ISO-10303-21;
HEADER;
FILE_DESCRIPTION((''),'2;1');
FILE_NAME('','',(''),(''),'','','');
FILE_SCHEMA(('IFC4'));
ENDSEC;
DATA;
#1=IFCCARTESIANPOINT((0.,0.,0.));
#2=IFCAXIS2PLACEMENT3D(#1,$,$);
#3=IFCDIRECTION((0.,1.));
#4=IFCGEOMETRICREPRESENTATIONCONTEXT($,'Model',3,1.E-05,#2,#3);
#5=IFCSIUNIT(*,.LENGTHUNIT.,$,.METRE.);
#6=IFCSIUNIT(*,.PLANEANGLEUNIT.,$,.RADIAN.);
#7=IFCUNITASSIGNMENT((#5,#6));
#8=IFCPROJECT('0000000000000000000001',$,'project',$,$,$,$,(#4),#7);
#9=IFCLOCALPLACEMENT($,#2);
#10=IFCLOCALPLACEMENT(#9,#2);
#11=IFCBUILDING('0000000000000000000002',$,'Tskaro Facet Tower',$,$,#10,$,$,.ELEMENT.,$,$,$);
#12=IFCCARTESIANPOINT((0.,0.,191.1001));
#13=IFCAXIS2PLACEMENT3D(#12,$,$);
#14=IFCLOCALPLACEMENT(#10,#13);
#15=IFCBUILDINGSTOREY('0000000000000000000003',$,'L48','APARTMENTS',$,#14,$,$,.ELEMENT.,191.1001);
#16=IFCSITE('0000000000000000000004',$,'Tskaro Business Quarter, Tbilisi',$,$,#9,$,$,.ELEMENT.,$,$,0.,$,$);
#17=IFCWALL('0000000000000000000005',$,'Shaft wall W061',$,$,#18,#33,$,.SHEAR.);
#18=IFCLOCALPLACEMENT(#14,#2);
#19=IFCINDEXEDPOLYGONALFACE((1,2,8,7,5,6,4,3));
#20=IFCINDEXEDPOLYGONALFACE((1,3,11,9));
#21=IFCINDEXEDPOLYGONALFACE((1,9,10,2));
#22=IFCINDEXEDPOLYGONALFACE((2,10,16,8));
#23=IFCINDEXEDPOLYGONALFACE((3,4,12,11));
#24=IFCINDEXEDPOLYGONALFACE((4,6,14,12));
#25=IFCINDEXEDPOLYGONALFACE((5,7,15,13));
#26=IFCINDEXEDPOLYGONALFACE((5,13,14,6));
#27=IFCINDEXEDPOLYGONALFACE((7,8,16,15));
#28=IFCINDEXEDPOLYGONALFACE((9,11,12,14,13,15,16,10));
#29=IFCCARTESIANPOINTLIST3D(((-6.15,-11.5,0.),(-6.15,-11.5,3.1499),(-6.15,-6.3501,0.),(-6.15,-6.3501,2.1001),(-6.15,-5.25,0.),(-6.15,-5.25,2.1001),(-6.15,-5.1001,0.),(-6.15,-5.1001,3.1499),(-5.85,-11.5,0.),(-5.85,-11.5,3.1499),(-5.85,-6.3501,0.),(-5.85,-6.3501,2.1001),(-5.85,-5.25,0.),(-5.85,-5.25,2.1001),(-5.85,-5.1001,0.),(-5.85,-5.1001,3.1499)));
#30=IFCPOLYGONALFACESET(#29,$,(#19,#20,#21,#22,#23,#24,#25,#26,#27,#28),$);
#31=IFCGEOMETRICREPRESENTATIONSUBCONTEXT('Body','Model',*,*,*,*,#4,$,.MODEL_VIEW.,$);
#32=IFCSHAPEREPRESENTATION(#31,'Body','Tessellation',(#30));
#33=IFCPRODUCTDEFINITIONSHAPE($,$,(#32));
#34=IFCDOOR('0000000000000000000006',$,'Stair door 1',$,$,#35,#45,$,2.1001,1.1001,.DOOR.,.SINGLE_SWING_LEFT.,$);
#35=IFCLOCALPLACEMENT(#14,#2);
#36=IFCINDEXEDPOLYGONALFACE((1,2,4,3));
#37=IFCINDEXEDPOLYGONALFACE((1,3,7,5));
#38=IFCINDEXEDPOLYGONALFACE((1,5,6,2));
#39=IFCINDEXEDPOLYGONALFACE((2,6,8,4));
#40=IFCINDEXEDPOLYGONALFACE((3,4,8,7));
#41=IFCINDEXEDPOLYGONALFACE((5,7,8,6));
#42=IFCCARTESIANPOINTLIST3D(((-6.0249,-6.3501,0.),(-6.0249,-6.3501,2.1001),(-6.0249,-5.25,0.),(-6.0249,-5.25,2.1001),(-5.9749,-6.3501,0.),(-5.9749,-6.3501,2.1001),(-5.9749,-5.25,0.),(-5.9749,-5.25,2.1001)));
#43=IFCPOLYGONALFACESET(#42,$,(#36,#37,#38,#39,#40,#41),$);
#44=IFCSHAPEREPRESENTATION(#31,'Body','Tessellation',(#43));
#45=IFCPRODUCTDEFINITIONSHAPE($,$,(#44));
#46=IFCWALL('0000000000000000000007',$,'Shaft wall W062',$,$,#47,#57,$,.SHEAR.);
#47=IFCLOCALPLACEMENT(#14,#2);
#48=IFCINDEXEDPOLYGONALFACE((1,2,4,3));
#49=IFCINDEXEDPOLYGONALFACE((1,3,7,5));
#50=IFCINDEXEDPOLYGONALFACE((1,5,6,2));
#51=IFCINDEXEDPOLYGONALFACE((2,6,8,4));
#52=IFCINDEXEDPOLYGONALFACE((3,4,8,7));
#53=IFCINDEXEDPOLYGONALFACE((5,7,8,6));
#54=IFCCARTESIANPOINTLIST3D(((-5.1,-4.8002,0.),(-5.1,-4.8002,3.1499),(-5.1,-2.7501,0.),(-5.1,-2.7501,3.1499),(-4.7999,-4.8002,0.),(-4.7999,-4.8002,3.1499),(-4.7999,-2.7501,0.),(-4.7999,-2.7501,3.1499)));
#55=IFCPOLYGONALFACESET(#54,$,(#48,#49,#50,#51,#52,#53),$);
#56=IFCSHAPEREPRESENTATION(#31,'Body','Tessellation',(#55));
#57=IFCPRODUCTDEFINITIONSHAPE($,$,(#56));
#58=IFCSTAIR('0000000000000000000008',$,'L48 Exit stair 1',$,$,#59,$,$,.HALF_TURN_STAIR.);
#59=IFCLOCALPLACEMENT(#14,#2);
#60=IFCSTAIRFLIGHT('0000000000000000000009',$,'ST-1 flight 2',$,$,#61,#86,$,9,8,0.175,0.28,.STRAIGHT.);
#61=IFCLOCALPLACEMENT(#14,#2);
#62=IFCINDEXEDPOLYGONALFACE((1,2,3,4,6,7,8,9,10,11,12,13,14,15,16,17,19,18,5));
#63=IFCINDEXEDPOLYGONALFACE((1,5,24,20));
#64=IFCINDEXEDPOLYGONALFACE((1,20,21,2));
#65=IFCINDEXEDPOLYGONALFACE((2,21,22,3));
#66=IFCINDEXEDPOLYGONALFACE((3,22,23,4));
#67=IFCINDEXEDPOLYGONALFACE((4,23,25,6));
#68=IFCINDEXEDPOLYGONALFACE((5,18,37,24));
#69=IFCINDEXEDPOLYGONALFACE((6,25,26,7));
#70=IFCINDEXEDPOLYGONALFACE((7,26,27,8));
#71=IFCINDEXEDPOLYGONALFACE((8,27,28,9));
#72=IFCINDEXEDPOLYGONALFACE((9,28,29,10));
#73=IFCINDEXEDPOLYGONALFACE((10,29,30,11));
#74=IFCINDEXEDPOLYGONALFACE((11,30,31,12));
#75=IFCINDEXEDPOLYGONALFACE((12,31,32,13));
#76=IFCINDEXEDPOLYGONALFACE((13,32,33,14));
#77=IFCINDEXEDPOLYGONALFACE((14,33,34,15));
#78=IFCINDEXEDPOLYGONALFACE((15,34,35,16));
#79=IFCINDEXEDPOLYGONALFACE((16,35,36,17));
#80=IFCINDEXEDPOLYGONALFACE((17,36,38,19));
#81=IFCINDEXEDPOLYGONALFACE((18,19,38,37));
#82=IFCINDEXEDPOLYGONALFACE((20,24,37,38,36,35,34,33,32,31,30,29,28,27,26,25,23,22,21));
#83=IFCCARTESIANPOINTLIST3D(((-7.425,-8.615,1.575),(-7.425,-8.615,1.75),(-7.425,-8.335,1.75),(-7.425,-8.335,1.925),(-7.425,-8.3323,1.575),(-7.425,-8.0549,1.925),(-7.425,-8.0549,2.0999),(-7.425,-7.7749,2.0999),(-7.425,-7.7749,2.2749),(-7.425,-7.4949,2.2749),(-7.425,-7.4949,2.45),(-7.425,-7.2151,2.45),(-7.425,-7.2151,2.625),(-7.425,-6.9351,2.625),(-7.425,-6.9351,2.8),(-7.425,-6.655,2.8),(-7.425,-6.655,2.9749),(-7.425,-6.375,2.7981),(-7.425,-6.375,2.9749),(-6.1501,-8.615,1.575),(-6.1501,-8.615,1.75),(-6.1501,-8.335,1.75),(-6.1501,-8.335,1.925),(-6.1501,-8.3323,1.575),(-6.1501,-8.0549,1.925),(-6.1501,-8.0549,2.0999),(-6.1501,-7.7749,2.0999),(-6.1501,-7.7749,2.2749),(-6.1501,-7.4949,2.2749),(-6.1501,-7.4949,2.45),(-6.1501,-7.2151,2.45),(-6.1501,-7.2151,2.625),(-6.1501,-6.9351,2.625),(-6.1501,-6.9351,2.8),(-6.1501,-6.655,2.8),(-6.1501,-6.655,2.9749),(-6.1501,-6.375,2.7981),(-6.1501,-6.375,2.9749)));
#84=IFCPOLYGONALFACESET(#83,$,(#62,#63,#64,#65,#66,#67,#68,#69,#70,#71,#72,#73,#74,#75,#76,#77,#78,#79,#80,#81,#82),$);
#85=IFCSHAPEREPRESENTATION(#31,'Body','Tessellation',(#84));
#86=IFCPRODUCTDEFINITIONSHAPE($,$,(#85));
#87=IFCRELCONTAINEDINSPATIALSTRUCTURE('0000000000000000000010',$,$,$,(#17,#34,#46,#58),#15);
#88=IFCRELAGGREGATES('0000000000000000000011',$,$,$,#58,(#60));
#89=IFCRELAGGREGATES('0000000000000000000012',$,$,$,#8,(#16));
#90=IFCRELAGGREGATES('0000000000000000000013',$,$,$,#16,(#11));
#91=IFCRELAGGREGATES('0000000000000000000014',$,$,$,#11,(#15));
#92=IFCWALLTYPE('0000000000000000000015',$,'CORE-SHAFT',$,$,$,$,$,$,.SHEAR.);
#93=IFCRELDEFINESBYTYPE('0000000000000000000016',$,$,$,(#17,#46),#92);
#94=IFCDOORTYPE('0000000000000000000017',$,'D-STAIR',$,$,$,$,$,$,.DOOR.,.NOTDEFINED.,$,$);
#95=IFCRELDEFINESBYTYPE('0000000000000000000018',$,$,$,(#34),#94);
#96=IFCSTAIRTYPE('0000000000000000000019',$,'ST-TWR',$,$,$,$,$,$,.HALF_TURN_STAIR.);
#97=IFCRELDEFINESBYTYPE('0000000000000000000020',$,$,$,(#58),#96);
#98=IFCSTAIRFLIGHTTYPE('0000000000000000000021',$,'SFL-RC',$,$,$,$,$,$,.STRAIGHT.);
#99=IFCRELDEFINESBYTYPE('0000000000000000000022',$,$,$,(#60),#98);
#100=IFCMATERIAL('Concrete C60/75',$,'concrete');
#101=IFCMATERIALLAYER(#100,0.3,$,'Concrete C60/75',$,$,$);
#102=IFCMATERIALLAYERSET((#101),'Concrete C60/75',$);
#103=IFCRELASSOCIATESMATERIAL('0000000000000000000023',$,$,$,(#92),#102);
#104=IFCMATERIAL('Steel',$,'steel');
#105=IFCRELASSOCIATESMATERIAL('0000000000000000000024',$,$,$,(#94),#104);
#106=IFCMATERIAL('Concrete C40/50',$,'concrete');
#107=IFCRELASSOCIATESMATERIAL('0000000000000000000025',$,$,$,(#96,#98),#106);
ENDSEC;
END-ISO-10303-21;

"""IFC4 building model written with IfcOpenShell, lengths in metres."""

from ifc_helpers import new_model, si_unit, direction, frame, frame_2d, origin, place, context, subcontext, project, spatial, polyline, rectangle, outline, extrude, material, layer, layer_set, type_object, element, fill, aggregate, save


model = new_model("IFC4")

# Units and contexts
model_context = context("Model", 3, precision=1e-05, world=origin(), true_north=direction((0.0, 1.0)))
body_context = subcontext(model_context, "Body", "Model", "MODEL_VIEW")
ifc_project = project(units=[si_unit("LENGTHUNIT", "METRE"), si_unit("PLANEANGLEUNIT", "RADIAN")], contexts=[model_context])

# Site, building, storey
site_placement = place(None, origin())
site = spatial("IfcSite", under=ifc_project, at=site_placement, Name="Tskaro Business Quarter, Tbilisi", CompositionType="ELEMENT", RefElevation=0.0)
building_placement = place(site_placement, origin())
building = spatial("IfcBuilding", under=site, at=building_placement, Name="Tskaro Facet Tower", CompositionType="ELEMENT")
storey_placement = place(building_placement, frame((0.0, 0.0, 191.1001)))
storey = spatial("IfcBuildingStorey", under=building, at=storey_placement, Name="L48", Description="APARTMENTS", CompositionType="ELEMENT", Elevation=191.1001)

# Shared definitions
ifc_material_1 = material(Name="Concrete C60/75", Category="concrete")
ifc_layer = layer(ifc_material_1, 0.3, Name="Concrete C60/75")
ifc_layer_set = layer_set([ifc_layer], Name="Concrete C60/75")
wall_type = type_object("IfcWallType", Name="CORE-SHAFT", PredefinedType="SHEAR", material=ifc_layer_set)

# Wall, opening, door
wall_1_placement = place(storey_placement, frame((-6.0, -11.5, 0.0), z_axis=(0.0, 0.0, 1.0), x_axis=(0.0, 1.0, 0.0)))
wall_1 = element("IfcWall", 1, at=wall_1_placement, inside=storey, type_object=wall_type, Name="Shaft wall W061", PredefinedType="SHEAR", context=body_context, shape_type="SweptSolid", body=[
    extrude(rectangle(XDim=6.3999, YDim=0.3, at=frame_2d((3.2, 0.0))), origin(), (0.0, 0.0, 1.0), 3.1499),
])
opening_1_placement = place(wall_1_placement, frame((5.1499, 0.0, 0.0)))
opening_1 = element("IfcOpeningElement", 2, at=opening_1_placement, cuts=wall_1, PredefinedType="OPENING", context=body_context, shape_type="SweptSolid", body=[
    extrude(rectangle(XDim=1.1001, YDim=2.1001, at=frame_2d((0.55, 1.05))), frame((0.0, 0.1599, 0.0), z_axis=(0.0, -1.0, 0.0), x_axis=(1.0, 0.0, 0.0)), (0.0, 0.0, 1.0), 0.3201),
])
ifc_material_2 = material(Name="Steel", Category="steel")
door_type_1 = type_object("IfcDoorType", Name="D-STAIR", OperationType="NOTDEFINED", PredefinedType="DOOR", material=ifc_material_2)
door_1_placement = place(opening_1_placement, origin())
door_1 = element("IfcDoor", 3, at=door_1_placement, inside=storey, type_object=door_type_1, Name="Stair door 1", OperationType="SINGLE_SWING_LEFT", OverallHeight=2.1001, OverallWidth=1.1001, PredefinedType="DOOR", context=body_context, shape_type="SweptSolid", body=[
    extrude(rectangle(XDim=1.1001, YDim=2.1001, at=frame_2d((0.55, 1.05))), frame((0.0, 0.0249, 0.0), z_axis=(0.0, -1.0, 0.0), x_axis=(1.0, 0.0, 0.0)), (0.0, 0.0, 1.0), 0.05),
])
fill(opening_1, door_1)

# Wall
wall_2_placement = place(storey_placement, frame((-4.95, -4.8, 0.0), z_axis=(0.0, 0.0, 1.0), x_axis=(0.0, 1.0, 0.0)))
element("IfcWall", 4, at=wall_2_placement, inside=storey, type_object=wall_type, Name="Shaft wall W062", PredefinedType="SHEAR", context=body_context, shape_type="SweptSolid", body=[
    extrude(rectangle(XDim=2.05, YDim=0.3, at=frame_2d((1.0249, 0.0))), origin(), (0.0, 0.0, 1.0), 3.1499),
])

# Stair, stair flight
ifc_material_3 = material(Name="Concrete C40/50", Category="concrete")
stair_type = type_object("IfcStairType", Name="ST-TWR", PredefinedType="HALF_TURN_STAIR", material=ifc_material_3)
stair_placement = place(storey_placement, origin())
stair = element("IfcStair", 5, at=stair_placement, inside=storey, type_object=stair_type, Name="L48 Exit stair 1", PredefinedType="HALF_TURN_STAIR")
stair_flight_type = type_object("IfcStairFlightType", Name="SFL-RC", PredefinedType="STRAIGHT", material=ifc_material_3)
stair_flight_placement = place(storey_placement, frame((-6.7876, -8.615, 1.575), z_axis=(0.0, 0.0, 1.0), x_axis=(0.0, 1.0, 0.0)))
stair_flight = element("IfcStairFlight", 6, at=stair_flight_placement, type_object=stair_flight_type, Name="ST-1 flight 2", NumberOfRisers=9, NumberOfTreads=8, PredefinedType="STRAIGHT", RiserHeight=0.175, TreadLength=0.28, context=body_context, shape_type="SweptSolid", body=[
    extrude(outline(polyline([(0.0, 0.0), (0.0, 0.175), (0.28, 0.175), (0.28, 0.3501), (0.5601, 0.3501), (0.5601, 0.5249), (0.8401, 0.5249), (0.8401, 0.7), (1.1201, 0.7), (1.1201, 0.875), (1.3999, 0.875), (1.3999, 1.05), (1.6799, 1.05), (1.6799, 1.2251), (1.96, 1.2251), (1.96, 1.3999), (2.24, 1.3999), (2.24, 1.575), (2.24, 1.2231), (0.2827, 0.0), (0.0, 0.0)])), frame((0.0, 0.6375, 0.0), z_axis=(0.0, -1.0, 0.0), x_axis=(1.0, 0.0, 0.0)), (0.0, 0.0, 1.0), 1.2749),
])
aggregate(stair, [stair_flight])

save(model, "model.ifc")
